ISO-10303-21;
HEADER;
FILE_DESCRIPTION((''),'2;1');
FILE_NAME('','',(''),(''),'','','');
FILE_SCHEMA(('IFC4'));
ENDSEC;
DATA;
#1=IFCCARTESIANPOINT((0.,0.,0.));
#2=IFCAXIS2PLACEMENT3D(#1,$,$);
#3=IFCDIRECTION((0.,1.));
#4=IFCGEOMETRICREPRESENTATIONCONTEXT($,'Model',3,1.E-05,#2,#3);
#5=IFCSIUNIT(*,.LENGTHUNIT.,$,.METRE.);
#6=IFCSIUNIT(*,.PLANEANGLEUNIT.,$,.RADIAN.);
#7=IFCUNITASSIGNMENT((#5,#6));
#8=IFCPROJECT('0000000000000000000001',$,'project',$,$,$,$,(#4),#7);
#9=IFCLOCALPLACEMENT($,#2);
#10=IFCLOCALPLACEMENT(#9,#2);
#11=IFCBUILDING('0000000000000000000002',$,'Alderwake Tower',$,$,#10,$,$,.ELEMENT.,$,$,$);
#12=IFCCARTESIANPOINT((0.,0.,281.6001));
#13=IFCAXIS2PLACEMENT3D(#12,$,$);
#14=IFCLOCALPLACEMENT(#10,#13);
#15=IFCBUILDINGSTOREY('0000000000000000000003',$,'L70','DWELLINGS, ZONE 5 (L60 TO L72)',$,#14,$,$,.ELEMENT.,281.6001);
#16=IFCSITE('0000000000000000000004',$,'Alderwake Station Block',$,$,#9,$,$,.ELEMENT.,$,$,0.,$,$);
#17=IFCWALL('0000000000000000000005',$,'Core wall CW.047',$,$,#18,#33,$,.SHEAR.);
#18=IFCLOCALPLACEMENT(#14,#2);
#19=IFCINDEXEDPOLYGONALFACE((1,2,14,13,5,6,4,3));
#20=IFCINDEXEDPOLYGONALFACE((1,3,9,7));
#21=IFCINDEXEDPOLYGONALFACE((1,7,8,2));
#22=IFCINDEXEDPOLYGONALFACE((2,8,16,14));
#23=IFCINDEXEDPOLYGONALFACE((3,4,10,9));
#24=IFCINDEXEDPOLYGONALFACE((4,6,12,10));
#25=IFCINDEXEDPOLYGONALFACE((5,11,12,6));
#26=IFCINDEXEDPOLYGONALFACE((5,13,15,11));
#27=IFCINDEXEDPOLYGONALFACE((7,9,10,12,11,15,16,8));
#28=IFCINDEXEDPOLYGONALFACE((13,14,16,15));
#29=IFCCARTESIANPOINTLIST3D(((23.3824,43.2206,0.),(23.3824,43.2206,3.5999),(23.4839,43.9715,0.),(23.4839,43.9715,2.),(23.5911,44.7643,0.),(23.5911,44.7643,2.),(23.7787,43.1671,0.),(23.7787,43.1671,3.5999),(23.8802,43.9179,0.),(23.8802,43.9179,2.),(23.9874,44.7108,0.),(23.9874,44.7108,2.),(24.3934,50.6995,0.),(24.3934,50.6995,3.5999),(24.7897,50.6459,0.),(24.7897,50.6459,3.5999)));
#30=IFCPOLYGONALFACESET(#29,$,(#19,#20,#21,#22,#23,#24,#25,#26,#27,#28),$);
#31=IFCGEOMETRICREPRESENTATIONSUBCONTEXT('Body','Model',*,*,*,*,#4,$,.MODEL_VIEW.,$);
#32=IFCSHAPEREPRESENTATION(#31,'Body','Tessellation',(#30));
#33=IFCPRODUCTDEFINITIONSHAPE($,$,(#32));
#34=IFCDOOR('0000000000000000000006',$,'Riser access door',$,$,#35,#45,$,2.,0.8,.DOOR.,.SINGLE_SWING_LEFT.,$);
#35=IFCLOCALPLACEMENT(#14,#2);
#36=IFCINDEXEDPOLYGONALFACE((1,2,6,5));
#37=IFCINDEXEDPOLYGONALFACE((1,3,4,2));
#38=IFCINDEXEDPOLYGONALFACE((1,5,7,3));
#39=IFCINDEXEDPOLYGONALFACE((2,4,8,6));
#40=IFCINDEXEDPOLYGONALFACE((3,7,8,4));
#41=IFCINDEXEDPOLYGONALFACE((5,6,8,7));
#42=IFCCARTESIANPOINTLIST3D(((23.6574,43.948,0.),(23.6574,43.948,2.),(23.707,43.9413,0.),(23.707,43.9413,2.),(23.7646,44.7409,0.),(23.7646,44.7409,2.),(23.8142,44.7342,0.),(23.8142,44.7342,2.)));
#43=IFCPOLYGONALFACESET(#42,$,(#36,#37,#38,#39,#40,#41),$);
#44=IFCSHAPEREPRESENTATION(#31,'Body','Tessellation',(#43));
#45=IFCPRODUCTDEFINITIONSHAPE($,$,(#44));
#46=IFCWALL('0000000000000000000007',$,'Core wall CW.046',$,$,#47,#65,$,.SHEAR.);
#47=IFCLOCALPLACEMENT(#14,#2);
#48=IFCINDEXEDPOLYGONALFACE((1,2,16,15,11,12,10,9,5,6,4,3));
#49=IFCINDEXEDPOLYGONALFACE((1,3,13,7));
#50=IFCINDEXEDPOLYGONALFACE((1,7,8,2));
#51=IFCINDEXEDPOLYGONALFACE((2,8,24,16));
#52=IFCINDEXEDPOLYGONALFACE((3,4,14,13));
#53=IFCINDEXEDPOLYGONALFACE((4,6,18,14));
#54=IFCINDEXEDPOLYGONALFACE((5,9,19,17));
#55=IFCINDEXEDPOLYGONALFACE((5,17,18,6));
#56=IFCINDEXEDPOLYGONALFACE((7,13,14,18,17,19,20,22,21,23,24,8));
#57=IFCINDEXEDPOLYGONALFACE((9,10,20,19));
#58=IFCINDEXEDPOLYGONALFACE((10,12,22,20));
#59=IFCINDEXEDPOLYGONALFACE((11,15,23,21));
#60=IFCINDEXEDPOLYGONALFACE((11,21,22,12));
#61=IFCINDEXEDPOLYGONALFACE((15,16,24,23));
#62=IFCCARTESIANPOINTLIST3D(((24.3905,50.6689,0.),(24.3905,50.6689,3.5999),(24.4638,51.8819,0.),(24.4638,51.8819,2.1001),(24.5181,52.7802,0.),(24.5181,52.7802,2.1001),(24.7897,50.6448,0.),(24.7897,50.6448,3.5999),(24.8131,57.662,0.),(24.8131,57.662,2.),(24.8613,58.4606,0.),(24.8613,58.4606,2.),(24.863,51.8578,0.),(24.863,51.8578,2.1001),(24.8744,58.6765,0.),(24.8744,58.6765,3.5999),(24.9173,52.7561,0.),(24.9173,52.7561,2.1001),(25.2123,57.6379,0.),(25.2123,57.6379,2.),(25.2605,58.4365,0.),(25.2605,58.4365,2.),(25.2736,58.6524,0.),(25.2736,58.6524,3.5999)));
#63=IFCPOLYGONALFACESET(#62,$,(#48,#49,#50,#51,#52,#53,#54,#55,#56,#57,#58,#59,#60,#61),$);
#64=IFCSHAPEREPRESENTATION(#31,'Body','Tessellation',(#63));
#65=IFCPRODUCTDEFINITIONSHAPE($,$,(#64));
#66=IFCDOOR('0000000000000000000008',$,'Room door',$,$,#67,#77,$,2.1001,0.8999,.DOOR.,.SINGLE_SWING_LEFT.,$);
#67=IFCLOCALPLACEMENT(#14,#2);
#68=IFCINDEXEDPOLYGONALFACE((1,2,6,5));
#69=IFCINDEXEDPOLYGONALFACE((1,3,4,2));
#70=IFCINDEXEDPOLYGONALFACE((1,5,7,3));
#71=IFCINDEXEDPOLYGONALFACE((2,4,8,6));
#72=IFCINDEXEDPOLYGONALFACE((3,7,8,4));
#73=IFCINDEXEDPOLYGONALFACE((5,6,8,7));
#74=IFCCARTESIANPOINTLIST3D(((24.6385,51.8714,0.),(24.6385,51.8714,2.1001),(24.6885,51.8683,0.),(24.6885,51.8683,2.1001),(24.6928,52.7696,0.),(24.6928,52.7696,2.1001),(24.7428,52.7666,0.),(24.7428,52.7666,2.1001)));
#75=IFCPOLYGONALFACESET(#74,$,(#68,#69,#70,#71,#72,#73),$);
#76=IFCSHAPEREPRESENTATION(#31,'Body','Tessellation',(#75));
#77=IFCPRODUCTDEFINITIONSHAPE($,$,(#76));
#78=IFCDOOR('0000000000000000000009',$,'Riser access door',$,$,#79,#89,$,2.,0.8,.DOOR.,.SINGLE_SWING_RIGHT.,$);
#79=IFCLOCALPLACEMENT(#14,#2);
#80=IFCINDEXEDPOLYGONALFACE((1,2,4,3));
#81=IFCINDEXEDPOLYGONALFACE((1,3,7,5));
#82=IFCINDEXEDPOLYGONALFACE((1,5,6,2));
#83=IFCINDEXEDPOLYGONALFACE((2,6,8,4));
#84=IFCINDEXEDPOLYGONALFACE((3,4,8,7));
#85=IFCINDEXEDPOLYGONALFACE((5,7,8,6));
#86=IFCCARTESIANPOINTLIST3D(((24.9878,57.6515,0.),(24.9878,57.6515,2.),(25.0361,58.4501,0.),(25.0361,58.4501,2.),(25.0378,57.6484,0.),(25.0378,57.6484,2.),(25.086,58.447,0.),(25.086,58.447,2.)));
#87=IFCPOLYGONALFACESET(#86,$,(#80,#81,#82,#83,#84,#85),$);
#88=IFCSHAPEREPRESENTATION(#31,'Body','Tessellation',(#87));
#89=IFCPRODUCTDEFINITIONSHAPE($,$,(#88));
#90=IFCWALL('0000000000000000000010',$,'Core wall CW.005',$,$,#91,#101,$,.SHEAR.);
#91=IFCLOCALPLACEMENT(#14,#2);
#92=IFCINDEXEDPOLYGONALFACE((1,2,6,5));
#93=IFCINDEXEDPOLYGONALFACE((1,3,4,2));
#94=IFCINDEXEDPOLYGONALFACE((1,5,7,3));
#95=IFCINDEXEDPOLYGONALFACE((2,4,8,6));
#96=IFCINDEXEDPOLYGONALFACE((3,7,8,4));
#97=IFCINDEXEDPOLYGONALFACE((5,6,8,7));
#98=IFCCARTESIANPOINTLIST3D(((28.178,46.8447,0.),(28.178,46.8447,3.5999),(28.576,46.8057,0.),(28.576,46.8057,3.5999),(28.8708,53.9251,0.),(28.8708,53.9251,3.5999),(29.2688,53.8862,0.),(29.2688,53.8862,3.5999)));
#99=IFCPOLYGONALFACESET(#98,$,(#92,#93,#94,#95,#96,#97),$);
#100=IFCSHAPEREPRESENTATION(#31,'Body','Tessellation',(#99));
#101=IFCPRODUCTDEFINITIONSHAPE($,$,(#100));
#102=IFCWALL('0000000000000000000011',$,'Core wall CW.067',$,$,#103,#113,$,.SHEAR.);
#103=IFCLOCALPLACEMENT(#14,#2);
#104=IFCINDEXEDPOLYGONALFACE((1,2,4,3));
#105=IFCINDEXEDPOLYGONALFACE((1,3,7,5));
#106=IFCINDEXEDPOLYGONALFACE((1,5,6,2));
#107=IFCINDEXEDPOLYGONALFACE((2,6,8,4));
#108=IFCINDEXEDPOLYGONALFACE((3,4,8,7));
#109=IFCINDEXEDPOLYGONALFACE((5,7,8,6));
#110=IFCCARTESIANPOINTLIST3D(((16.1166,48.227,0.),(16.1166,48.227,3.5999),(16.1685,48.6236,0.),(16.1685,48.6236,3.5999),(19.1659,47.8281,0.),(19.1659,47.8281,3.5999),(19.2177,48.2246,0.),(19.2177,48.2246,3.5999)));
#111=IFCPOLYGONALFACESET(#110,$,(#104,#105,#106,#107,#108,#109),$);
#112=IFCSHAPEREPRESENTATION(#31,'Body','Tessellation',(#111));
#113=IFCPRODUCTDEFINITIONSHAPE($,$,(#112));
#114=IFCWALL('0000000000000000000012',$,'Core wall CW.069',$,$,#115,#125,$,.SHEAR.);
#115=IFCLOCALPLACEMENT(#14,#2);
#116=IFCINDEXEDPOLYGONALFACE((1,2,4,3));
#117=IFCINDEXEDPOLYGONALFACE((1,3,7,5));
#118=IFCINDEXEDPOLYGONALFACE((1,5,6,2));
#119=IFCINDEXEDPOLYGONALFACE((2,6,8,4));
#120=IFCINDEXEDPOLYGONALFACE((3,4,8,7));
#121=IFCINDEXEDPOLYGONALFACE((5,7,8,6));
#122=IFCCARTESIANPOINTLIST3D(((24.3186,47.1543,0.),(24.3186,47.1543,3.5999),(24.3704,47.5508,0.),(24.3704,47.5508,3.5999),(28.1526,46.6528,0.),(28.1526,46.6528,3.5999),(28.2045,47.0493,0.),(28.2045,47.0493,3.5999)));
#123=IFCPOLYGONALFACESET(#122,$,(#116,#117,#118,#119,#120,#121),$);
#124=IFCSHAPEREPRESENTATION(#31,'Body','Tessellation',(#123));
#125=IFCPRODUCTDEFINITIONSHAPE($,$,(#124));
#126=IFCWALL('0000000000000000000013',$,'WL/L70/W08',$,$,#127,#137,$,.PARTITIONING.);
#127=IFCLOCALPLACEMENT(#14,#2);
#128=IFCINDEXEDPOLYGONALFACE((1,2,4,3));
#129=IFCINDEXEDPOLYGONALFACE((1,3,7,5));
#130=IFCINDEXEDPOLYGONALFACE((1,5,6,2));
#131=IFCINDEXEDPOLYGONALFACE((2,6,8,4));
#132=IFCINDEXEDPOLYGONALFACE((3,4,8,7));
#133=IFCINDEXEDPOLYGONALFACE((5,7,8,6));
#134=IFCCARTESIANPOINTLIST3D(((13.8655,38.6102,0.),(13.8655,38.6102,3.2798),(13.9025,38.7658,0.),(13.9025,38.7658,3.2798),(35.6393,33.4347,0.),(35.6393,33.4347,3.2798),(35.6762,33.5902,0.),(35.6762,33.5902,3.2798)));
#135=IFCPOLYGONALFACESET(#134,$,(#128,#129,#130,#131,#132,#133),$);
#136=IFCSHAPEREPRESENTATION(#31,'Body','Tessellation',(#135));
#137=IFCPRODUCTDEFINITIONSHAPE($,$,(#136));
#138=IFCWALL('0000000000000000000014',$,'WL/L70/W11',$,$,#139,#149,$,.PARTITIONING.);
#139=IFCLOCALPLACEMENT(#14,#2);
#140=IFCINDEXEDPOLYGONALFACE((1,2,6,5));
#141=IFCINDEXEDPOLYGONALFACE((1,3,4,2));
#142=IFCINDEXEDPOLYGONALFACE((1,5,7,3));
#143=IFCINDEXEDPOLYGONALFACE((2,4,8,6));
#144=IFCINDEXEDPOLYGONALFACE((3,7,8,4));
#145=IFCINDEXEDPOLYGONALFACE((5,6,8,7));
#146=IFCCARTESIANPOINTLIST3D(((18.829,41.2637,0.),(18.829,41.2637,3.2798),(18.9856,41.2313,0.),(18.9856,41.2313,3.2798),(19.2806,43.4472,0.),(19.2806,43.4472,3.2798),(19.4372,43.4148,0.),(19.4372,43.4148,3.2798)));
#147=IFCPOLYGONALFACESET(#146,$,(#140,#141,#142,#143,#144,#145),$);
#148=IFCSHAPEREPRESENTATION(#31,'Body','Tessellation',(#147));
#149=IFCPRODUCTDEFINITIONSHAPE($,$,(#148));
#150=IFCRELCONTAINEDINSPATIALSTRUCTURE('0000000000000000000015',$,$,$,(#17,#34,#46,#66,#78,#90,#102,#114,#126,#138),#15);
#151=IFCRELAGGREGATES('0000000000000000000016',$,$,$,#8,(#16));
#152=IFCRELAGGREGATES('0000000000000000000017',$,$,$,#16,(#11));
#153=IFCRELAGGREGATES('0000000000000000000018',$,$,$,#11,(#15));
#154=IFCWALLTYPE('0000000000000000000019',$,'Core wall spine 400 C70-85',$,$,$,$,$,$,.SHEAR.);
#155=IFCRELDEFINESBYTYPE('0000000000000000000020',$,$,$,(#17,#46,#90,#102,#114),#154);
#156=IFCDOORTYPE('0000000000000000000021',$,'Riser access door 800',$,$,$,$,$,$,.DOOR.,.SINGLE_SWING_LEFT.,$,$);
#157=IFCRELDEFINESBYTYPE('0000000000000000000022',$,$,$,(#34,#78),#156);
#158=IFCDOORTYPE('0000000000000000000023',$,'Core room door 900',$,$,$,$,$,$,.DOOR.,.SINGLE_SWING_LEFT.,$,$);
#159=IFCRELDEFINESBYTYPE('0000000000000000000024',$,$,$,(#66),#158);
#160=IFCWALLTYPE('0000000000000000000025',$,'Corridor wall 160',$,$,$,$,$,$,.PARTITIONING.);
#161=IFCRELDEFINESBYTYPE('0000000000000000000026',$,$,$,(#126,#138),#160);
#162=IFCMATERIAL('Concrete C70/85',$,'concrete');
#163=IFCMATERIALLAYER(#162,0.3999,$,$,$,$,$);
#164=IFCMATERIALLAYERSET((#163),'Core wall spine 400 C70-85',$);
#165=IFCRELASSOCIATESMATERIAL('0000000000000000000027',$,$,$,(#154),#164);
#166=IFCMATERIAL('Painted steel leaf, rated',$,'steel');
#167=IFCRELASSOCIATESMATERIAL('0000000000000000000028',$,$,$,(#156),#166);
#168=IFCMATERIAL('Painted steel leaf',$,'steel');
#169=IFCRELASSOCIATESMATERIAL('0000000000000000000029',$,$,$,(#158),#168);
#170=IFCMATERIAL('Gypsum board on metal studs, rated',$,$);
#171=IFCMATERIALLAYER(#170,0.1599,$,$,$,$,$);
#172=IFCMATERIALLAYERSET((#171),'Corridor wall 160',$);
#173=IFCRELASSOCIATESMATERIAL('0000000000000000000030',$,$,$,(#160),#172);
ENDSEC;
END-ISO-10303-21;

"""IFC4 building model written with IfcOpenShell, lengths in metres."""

from ifc_helpers import new_model, si_unit, direction, frame, frame_2d, origin, place, context, subcontext, project, spatial, rectangle, extrude, material, layer, layer_set, type_object, element, fill, save


model = new_model("IFC4")

# Units and contexts
model_context = context("Model", 3, precision=1e-05, world=origin(), true_north=direction((0.0, 1.0)))
body_context = subcontext(model_context, "Body", "Model", "MODEL_VIEW")
ifc_project = project(units=[si_unit("LENGTHUNIT", "METRE"), si_unit("PLANEANGLEUNIT", "RADIAN")], contexts=[model_context])

# Site, building, storey
site_placement = place(None, origin())
site = spatial("IfcSite", under=ifc_project, at=site_placement, Name="Alderwake Station Block", CompositionType="ELEMENT", RefElevation=0.0)
building_placement = place(site_placement, origin())
building = spatial("IfcBuilding", under=site, at=building_placement, Name="Alderwake Tower", CompositionType="ELEMENT")
storey_placement = place(building_placement, frame((0.0, 0.0, 281.6001)))
storey = spatial("IfcBuildingStorey", under=building, at=storey_placement, Name="L70", Description="DWELLINGS, ZONE 5 (L60 TO L72)", CompositionType="ELEMENT", Elevation=281.6001)

# Wall, opening, door
ifc_material_1 = material(Name="Concrete C70/85", Category="concrete")
ifc_layer_1 = layer(ifc_material_1, 0.3999)
ifc_layer_set_1 = layer_set([ifc_layer_1], Name="Core wall spine 400 C70-85")
wall_type_1 = type_object("IfcWallType", Name="Core wall spine 400 C70-85", PredefinedType="SHEAR", material=ifc_layer_set_1)
wall_1_placement = place(storey_placement, frame((23.5806, 43.1938, 0.0), z_axis=(0.0, 0.0, 1.0), x_axis=(0.133963, 0.990986, 0.0)))
wall_1 = element("IfcWall", 1, at=wall_1_placement, inside=storey, type_object=wall_type_1, Name="Core wall CW.047", PredefinedType="SHEAR", context=body_context, shape_type="SweptSolid", body=[
    extrude(rectangle(XDim=7.5469, YDim=0.3999, at=frame_2d((3.7734, 0.0))), origin(), (0.0, 0.0, 1.0), 3.5999),
])
opening_1_placement = place(wall_1_placement, frame((0.7578, 0.0, 0.0)))
opening_1 = element("IfcOpeningElement", 2, at=opening_1_placement, cuts=wall_1, PredefinedType="OPENING", context=body_context, shape_type="SweptSolid", body=[
    extrude(rectangle(XDim=0.8, YDim=2.0, at=frame_2d((0.3999, 1.0))), frame((0.0, 0.21, 0.0), z_axis=(0.0, -1.0, 0.0), x_axis=(1.0, 0.0, 0.0)), (0.0, 0.0, 1.0), 0.4199),
])
ifc_material_2 = material(Name="Painted steel leaf, rated", Category="steel")
door_type_1 = type_object("IfcDoorType", Name="Riser access door 800", OperationType="SINGLE_SWING_LEFT", PredefinedType="DOOR", material=ifc_material_2)
door_1_placement = place(opening_1_placement, origin())
door_1 = element("IfcDoor", 3, at=door_1_placement, inside=storey, type_object=door_type_1, Name="Riser access door", OperationType="SINGLE_SWING_LEFT", OverallHeight=2.0, OverallWidth=0.8, PredefinedType="DOOR", context=body_context, shape_type="SweptSolid", body=[
    extrude(rectangle(XDim=0.8, YDim=2.0, at=frame_2d((0.3999, 1.0))), frame((0.0, 0.0249, 0.0), z_axis=(0.0, -1.0, 0.0), x_axis=(1.0, 0.0, 0.0)), (0.0, 0.0, 1.0), 0.05),
])
fill(opening_1, door_1)

# Wall, openings, doors
wall_2_placement = place(storey_placement, frame((24.5901, 50.6567, 0.0), z_axis=(0.0, 0.0, 1.0), x_axis=(0.060319, 0.998179, 0.0)))
wall_2 = element("IfcWall", 4, at=wall_2_placement, inside=storey, type_object=wall_type_1, Name="Core wall CW.046", PredefinedType="SHEAR", context=body_context, shape_type="SweptSolid", body=[
    extrude(rectangle(XDim=8.0222, YDim=0.3999, at=frame_2d((4.0112, 0.0))), origin(), (0.0, 0.0, 1.0), 3.5999),
])
opening_2_placement = place(wall_2_placement, frame((7.0061, 0.0, 0.0)))
opening_2 = element("IfcOpeningElement", 5, at=opening_2_placement, cuts=wall_2, PredefinedType="OPENING", context=body_context, shape_type="SweptSolid", body=[
    extrude(rectangle(XDim=0.8, YDim=2.0, at=frame_2d((0.3999, 1.0))), frame((0.0, 0.21, 0.0), z_axis=(0.0, -1.0, 0.0), x_axis=(1.0, 0.0, 0.0)), (0.0, 0.0, 1.0), 0.4199),
])
opening_3_placement = place(wall_2_placement, frame((1.2153, 0.0, 0.0)))
opening_3 = element("IfcOpeningElement", 6, at=opening_3_placement, cuts=wall_2, PredefinedType="OPENING", context=body_context, shape_type="SweptSolid", body=[
    extrude(rectangle(XDim=0.8999, YDim=2.1001, at=frame_2d((0.45, 1.05))), frame((0.0, 0.21, 0.0), z_axis=(0.0, -1.0, 0.0), x_axis=(1.0, 0.0, 0.0)), (0.0, 0.0, 1.0), 0.4199),
])
ifc_material_3 = material(Name="Painted steel leaf", Category="steel")
door_type_2 = type_object("IfcDoorType", Name="Core room door 900", OperationType="SINGLE_SWING_LEFT", PredefinedType="DOOR", material=ifc_material_3)
door_2_placement = place(opening_3_placement, origin())
door_2 = element("IfcDoor", 7, at=door_2_placement, inside=storey, type_object=door_type_2, Name="Room door", OperationType="SINGLE_SWING_LEFT", OverallHeight=2.1001, OverallWidth=0.8999, PredefinedType="DOOR", context=body_context, shape_type="SweptSolid", body=[
    extrude(rectangle(XDim=0.8999, YDim=2.1001, at=frame_2d((0.45, 1.05))), frame((0.0, 0.0249, 0.0), z_axis=(0.0, -1.0, 0.0), x_axis=(1.0, 0.0, 0.0)), (0.0, 0.0, 1.0), 0.05),
])
fill(opening_3, door_2)
door_3_placement = place(opening_2_placement, origin())
door_3 = element("IfcDoor", 8, at=door_3_placement, inside=storey, type_object=door_type_1, Name="Riser access door", OperationType="SINGLE_SWING_RIGHT", OverallHeight=2.0, OverallWidth=0.8, PredefinedType="DOOR", context=body_context, shape_type="SweptSolid", body=[
    extrude(rectangle(XDim=0.8, YDim=2.0, at=frame_2d((0.3999, 1.0))), frame((0.0, 0.0249, 0.0), z_axis=(0.0, -1.0, 0.0), x_axis=(1.0, 0.0, 0.0)), (0.0, 0.0, 1.0), 0.05),
])
fill(opening_2, door_3)

# Walls
wall_3_placement = place(storey_placement, frame((28.377, 46.8252, 0.0), z_axis=(0.0, 0.0, 1.0), x_axis=(0.097393, 0.995246, 0.0)))
element("IfcWall", 9, at=wall_3_placement, inside=storey, type_object=wall_type_1, Name="Core wall CW.005", PredefinedType="SHEAR", context=body_context, shape_type="SweptSolid", body=[
    extrude(rectangle(XDim=7.1143, YDim=0.3999, at=frame_2d((3.5571, 0.0))), origin(), (0.0, 0.0, 1.0), 3.5999),
])
wall_4_placement = place(storey_placement, frame((16.1426, 48.4253, 0.0), z_axis=(0.0, 0.0, 1.0), x_axis=(0.991551, -0.129719, 0.0)))
element("IfcWall", 10, at=wall_4_placement, inside=storey, type_object=wall_type_1, Name="Core wall CW.067", PredefinedType="SHEAR", context=body_context, shape_type="SweptSolid", body=[
    extrude(rectangle(XDim=3.0752, YDim=0.3999, at=frame_2d((1.5376, 0.0))), origin(), (0.0, 0.0, 1.0), 3.5999),
])
wall_5_placement = place(storey_placement, frame((24.3445, 47.3525, 0.0), z_axis=(0.0, 0.0, 1.0), x_axis=(0.991555, -0.12969, 0.0)))
element("IfcWall", 11, at=wall_5_placement, inside=storey, type_object=wall_type_1, Name="Core wall CW.069", PredefinedType="SHEAR", context=body_context, shape_type="SweptSolid", body=[
    extrude(rectangle(XDim=3.8667, YDim=0.3999, at=frame_2d((1.9333, 0.0))), origin(), (0.0, 0.0, 1.0), 3.5999),
])
ifc_material_4 = material(Name="Gypsum board on metal studs, rated")
ifc_layer_2 = layer(ifc_material_4, 0.1599)
ifc_layer_set_2 = layer_set([ifc_layer_2], Name="Corridor wall 160")
wall_type_2 = type_object("IfcWallType", Name="Corridor wall 160", PredefinedType="PARTITIONING", material=ifc_layer_set_2)
wall_6_placement = place(storey_placement, frame((13.884, 38.688, 0.0), z_axis=(0.0, 0.0, 1.0), x_axis=(0.972893, -0.231254, 0.0)))
element("IfcWall", 12, at=wall_6_placement, inside=storey, type_object=wall_type_2, Name="WL/L70/W08", PredefinedType="PARTITIONING", context=body_context, shape_type="SweptSolid", body=[
    extrude(rectangle(XDim=22.3804, YDim=0.1599, at=frame_2d((11.1902, 0.0))), origin(), (0.0, 0.0, 1.0), 3.2798),
])
wall_7_placement = place(storey_placement, frame((19.3589, 43.4309, 0.0), z_axis=(0.0, 0.0, 1.0), x_axis=(-0.202555, -0.979271, 0.0)))
element("IfcWall", 13, at=wall_7_placement, inside=storey, type_object=wall_type_2, Name="WL/L70/W11", PredefinedType="PARTITIONING", context=body_context, shape_type="SweptSolid", body=[
    extrude(rectangle(XDim=2.2297, YDim=0.1599, at=frame_2d((1.1147, 0.0))), origin(), (0.0, 0.0, 1.0), 3.2798),
])

save(model, "model.ifc")
